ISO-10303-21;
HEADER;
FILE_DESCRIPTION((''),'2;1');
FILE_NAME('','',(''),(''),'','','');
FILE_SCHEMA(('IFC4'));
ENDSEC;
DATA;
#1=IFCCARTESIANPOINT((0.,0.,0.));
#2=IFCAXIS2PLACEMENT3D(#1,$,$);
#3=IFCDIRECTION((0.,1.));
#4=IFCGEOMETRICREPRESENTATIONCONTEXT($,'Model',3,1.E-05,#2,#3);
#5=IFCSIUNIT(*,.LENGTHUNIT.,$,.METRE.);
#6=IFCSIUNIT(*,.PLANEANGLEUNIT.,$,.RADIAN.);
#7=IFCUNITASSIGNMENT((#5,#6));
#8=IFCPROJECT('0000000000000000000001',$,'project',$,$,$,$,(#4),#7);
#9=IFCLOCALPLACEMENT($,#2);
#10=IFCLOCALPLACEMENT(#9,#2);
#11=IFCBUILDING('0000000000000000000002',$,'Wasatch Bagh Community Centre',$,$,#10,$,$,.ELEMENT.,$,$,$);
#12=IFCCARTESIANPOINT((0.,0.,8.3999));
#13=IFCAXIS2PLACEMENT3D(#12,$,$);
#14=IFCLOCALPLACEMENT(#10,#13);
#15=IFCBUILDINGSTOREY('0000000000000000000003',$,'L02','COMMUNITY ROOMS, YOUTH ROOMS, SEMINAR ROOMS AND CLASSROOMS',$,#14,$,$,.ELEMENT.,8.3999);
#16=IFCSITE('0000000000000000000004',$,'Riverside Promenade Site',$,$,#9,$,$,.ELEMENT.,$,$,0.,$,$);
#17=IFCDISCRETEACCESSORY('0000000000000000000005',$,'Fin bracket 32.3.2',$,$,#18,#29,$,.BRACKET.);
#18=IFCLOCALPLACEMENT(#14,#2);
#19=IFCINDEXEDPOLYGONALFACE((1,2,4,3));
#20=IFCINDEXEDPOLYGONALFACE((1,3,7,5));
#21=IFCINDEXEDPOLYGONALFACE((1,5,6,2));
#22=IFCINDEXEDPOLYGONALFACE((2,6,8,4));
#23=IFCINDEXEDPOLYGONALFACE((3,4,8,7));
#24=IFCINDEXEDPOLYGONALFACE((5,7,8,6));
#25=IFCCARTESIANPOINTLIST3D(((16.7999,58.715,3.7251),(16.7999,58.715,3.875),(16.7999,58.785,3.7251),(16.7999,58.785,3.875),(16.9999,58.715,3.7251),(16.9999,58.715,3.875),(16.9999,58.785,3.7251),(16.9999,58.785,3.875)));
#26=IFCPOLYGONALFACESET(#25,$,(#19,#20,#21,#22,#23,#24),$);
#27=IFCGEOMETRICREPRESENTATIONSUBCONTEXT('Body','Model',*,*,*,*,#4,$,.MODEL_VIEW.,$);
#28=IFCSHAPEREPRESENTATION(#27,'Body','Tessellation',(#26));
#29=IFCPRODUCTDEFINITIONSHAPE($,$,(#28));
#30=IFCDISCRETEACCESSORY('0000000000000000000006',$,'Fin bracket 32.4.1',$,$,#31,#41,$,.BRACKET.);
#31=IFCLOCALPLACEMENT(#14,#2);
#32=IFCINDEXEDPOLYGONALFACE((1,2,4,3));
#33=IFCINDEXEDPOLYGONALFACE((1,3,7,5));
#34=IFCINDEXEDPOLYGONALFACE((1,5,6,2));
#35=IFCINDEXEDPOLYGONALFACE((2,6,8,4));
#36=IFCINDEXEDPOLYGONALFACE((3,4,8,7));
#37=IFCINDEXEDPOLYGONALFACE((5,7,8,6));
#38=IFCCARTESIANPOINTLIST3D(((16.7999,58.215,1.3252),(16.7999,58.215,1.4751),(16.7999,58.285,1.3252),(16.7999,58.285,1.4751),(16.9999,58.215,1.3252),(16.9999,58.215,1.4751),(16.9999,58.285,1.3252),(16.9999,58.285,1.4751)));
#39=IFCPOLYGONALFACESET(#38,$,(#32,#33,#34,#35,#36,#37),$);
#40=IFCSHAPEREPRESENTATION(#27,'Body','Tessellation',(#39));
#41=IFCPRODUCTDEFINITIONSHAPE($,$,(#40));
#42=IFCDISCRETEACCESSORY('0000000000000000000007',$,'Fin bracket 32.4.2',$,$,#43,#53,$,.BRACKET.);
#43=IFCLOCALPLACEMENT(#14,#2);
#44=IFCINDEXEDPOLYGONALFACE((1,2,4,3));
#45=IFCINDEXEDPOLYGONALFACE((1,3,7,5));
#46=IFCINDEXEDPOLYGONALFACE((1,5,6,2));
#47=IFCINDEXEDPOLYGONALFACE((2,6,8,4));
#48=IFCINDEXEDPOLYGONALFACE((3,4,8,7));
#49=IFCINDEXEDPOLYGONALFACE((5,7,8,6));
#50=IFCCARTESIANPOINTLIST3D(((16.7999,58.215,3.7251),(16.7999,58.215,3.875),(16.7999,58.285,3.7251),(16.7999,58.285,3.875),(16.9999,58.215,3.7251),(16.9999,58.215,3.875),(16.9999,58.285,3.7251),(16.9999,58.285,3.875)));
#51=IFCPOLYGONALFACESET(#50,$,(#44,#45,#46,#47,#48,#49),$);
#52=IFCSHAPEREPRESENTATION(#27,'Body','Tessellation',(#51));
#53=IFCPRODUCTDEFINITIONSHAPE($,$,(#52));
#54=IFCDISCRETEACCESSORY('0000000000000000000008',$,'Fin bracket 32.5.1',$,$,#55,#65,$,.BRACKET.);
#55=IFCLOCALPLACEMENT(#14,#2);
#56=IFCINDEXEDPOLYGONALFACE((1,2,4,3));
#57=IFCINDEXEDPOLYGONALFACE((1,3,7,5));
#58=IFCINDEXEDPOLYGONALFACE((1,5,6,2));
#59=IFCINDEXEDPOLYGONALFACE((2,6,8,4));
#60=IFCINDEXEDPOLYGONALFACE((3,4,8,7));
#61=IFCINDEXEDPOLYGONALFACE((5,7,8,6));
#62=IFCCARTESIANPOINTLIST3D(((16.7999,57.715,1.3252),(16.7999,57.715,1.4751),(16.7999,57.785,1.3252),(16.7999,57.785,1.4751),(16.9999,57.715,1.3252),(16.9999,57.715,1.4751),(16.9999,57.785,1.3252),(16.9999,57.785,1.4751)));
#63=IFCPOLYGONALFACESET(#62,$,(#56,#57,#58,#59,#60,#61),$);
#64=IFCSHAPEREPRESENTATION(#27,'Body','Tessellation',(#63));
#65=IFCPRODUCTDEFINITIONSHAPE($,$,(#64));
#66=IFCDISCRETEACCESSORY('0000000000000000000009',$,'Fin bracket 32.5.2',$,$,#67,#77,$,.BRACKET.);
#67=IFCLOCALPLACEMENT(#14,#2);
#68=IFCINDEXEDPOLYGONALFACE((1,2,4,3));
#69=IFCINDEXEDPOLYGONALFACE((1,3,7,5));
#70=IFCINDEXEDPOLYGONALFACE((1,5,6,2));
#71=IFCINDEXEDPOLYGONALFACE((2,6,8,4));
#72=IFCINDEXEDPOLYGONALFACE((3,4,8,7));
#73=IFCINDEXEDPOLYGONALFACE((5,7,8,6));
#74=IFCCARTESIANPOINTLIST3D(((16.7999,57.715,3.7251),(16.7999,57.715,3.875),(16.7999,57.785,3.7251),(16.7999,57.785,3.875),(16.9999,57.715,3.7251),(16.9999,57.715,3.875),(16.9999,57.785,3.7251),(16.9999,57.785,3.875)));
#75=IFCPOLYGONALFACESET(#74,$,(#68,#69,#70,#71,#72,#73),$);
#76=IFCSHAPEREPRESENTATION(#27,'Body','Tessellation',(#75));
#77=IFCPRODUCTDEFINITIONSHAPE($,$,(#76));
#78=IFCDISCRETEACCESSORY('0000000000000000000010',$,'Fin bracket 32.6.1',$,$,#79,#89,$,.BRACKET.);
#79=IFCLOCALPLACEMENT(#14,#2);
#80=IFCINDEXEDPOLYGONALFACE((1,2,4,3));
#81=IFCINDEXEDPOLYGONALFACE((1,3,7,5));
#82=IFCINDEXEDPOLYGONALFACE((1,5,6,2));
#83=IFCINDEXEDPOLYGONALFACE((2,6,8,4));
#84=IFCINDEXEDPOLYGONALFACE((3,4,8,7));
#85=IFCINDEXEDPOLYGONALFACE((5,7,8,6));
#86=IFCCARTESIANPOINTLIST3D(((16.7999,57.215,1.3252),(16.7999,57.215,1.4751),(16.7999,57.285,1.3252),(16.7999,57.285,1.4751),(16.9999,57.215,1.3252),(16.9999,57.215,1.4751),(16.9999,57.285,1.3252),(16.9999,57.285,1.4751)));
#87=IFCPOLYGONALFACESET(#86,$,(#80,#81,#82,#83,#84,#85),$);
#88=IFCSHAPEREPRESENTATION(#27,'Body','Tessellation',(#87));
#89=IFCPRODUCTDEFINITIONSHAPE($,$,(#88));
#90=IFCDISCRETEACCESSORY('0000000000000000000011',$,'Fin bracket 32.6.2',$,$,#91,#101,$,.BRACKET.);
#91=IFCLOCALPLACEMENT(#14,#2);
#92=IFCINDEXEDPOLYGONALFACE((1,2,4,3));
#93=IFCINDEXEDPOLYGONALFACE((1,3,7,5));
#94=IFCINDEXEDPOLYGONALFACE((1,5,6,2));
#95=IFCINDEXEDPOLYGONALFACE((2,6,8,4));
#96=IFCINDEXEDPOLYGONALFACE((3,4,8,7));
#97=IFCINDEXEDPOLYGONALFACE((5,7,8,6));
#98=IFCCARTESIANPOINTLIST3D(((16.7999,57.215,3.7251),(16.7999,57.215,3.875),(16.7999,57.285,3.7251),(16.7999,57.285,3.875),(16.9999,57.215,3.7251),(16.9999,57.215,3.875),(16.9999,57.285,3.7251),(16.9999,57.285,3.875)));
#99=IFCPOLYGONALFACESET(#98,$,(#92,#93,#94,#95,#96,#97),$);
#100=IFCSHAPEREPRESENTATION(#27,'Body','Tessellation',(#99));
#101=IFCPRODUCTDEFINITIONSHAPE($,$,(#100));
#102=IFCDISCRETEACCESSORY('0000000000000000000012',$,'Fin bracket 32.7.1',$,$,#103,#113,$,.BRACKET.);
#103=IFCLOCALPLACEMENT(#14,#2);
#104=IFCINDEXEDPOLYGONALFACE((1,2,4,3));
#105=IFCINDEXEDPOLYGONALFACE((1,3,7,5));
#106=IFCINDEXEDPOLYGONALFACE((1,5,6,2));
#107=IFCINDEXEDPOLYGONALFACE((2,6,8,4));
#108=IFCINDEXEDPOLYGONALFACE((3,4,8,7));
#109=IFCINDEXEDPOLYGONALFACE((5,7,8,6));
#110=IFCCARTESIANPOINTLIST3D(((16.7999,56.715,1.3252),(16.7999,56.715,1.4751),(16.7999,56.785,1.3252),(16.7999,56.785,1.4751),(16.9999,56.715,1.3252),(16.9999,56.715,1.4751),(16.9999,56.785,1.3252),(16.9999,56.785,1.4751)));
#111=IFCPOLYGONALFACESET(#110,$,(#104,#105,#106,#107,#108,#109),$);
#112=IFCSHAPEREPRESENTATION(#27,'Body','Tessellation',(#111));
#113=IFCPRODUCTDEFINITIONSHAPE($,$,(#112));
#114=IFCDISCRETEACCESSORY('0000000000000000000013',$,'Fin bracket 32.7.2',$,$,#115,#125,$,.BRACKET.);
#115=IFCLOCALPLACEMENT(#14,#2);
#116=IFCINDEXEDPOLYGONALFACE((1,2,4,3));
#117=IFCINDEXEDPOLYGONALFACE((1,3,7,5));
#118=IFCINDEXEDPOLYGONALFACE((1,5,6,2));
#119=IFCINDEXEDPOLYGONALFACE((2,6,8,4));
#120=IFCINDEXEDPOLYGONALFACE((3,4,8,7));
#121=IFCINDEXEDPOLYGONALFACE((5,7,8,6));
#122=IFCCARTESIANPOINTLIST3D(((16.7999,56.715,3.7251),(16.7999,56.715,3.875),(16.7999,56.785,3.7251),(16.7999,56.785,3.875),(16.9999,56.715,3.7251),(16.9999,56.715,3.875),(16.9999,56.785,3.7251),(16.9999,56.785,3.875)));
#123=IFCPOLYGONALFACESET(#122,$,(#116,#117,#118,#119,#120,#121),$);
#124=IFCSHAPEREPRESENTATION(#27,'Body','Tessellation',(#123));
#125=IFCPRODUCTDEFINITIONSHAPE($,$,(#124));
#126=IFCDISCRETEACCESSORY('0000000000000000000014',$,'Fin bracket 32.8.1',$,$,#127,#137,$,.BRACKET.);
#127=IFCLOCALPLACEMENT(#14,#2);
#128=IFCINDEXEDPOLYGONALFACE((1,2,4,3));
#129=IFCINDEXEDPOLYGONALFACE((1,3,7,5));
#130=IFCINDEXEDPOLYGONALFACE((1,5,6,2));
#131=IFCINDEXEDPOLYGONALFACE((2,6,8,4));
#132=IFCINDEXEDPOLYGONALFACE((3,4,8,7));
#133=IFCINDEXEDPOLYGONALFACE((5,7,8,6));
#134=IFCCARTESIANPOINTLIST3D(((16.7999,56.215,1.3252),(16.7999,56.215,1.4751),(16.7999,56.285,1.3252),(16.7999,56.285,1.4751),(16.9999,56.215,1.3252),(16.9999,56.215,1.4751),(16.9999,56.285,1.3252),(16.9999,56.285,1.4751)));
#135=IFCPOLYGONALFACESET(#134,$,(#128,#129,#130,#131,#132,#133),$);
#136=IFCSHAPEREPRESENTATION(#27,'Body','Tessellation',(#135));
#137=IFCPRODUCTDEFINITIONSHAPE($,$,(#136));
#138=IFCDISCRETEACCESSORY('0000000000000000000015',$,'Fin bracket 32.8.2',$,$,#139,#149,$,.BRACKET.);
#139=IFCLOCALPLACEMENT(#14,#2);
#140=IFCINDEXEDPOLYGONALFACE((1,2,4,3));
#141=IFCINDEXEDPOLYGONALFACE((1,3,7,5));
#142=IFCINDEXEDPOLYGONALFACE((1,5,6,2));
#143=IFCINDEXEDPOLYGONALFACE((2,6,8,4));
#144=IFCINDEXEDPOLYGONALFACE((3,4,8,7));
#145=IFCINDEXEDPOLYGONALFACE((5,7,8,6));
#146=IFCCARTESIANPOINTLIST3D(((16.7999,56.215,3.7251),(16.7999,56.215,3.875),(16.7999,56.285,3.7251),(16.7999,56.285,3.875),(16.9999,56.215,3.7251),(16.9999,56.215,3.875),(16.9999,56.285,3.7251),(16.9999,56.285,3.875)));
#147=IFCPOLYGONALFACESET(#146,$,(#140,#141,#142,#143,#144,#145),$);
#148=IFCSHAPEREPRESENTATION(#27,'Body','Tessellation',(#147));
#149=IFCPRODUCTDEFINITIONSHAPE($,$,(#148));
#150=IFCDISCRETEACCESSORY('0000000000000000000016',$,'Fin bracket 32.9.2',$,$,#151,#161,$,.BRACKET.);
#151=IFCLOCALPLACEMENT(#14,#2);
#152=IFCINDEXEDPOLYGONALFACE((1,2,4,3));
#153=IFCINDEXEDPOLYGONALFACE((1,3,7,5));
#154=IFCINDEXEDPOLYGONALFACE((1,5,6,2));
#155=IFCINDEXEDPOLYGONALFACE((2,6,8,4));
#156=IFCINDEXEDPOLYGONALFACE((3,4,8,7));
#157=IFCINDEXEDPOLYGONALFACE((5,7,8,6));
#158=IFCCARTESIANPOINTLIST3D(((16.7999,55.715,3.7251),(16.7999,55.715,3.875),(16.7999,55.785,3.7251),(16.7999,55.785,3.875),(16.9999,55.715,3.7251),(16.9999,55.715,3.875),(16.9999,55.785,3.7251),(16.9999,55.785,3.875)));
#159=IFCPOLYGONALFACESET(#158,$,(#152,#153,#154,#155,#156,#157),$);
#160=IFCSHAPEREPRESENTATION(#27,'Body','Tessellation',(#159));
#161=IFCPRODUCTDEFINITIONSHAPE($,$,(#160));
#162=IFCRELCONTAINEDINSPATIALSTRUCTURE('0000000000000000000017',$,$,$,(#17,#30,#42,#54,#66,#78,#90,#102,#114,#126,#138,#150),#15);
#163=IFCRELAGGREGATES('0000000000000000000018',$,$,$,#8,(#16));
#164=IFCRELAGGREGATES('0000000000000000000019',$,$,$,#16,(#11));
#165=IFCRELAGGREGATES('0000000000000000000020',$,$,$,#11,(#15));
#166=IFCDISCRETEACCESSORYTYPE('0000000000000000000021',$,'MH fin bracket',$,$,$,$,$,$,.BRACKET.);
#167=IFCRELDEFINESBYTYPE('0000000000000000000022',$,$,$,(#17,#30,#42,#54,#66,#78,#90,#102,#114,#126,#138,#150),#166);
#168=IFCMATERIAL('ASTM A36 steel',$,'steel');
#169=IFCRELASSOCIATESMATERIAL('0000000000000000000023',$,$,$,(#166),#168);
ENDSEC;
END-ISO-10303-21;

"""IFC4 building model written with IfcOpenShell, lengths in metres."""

from ifc_helpers import new_model, si_unit, direction, frame, origin, origin_2d, place, context, subcontext, project, spatial, rectangle, extrude, material, type_object, element, save


model = new_model("IFC4")

# Units and contexts
model_context = context("Model", 3, precision=1e-05, world=origin(), true_north=direction((0.0, 1.0)))
body_context = subcontext(model_context, "Body", "Model", "MODEL_VIEW")
ifc_project = project(units=[si_unit("LENGTHUNIT", "METRE"), si_unit("PLANEANGLEUNIT", "RADIAN")], contexts=[model_context])

# Site, building, storey
site_placement = place(None, origin())
site = spatial("IfcSite", under=ifc_project, at=site_placement, Name="Riverside Promenade Site", CompositionType="ELEMENT", RefElevation=0.0)
building_placement = place(site_placement, origin())
building = spatial("IfcBuilding", under=site, at=building_placement, Name="Wasatch Bagh Community Centre", CompositionType="ELEMENT")
storey_placement = place(building_placement, frame((0.0, 0.0, 8.3999)))
storey = spatial("IfcBuildingStorey", under=building, at=storey_placement, Name="L02", Description="COMMUNITY ROOMS, YOUTH ROOMS, SEMINAR ROOMS AND CLASSROOMS", CompositionType="ELEMENT", Elevation=8.3999)

# Discrete accessories
ifc_material_1 = material(Name="ASTM A36 steel", Category="steel")
discrete_accessory_type = type_object("IfcDiscreteAccessoryType", Name="MH fin bracket", PredefinedType="BRACKET", material=ifc_material_1)
for number, where, z_axis, x_axis, name in (
    (1, (16.8999, 58.75, 3.7251), (0.0, 0.0, 1.0), (0.0, -1.0, 0.0), "Fin bracket 32.3.2"),
    (2, (16.8999, 58.25, 1.3252), (0.0, 0.0, 1.0), (0.0, -1.0, 0.0), "Fin bracket 32.4.1"),
    (3, (16.8999, 58.25, 3.7251), (0.0, 0.0, 1.0), (0.0, -1.0, 0.0), "Fin bracket 32.4.2"),
    (4, (16.8999, 57.75, 1.3252), (0.0, 0.0, 1.0), (0.0, -1.0, 0.0), "Fin bracket 32.5.1"),
    (5, (16.8999, 57.75, 3.7251), (0.0, 0.0, 1.0), (0.0, -1.0, 0.0), "Fin bracket 32.5.2"),
    (6, (16.8999, 57.25, 1.3252), (0.0, 0.0, 1.0), (0.0, -1.0, 0.0), "Fin bracket 32.6.1"),
    (7, (16.8999, 57.25, 3.7251), (0.0, 0.0, 1.0), (0.0, -1.0, 0.0), "Fin bracket 32.6.2"),
    (8, (16.8999, 56.75, 1.3252), (0.0, 0.0, 1.0), (0.0, -1.0, 0.0), "Fin bracket 32.7.1"),
    (9, (16.8999, 56.75, 3.7251), (0.0, 0.0, 1.0), (0.0, -1.0, 0.0), "Fin bracket 32.7.2"),
    (10, (16.8999, 56.25, 1.3252), (0.0, 0.0, 1.0), (0.0, -1.0, 0.0), "Fin bracket 32.8.1"),
    (11, (16.8999, 56.25, 3.7251), (0.0, 0.0, 1.0), (0.0, -1.0, 0.0), "Fin bracket 32.8.2"),
    (12, (16.8999, 55.75, 3.7251), (0.0, 0.0, 1.0), (0.0, -1.0, 0.0), "Fin bracket 32.9.2"),
):
    element("IfcDiscreteAccessory", number, at=place(storey_placement, frame(where, z_axis=z_axis, x_axis=x_axis)), inside=storey, type_object=discrete_accessory_type, Name=name, PredefinedType="BRACKET", context=body_context, shape_type="SweptSolid", body=[
        extrude(rectangle(XDim=0.0701, YDim=0.2, at=origin_2d()), origin(), (0.0, 0.0, 1.0), 0.1499),
    ])

save(model, "model.ifc")
